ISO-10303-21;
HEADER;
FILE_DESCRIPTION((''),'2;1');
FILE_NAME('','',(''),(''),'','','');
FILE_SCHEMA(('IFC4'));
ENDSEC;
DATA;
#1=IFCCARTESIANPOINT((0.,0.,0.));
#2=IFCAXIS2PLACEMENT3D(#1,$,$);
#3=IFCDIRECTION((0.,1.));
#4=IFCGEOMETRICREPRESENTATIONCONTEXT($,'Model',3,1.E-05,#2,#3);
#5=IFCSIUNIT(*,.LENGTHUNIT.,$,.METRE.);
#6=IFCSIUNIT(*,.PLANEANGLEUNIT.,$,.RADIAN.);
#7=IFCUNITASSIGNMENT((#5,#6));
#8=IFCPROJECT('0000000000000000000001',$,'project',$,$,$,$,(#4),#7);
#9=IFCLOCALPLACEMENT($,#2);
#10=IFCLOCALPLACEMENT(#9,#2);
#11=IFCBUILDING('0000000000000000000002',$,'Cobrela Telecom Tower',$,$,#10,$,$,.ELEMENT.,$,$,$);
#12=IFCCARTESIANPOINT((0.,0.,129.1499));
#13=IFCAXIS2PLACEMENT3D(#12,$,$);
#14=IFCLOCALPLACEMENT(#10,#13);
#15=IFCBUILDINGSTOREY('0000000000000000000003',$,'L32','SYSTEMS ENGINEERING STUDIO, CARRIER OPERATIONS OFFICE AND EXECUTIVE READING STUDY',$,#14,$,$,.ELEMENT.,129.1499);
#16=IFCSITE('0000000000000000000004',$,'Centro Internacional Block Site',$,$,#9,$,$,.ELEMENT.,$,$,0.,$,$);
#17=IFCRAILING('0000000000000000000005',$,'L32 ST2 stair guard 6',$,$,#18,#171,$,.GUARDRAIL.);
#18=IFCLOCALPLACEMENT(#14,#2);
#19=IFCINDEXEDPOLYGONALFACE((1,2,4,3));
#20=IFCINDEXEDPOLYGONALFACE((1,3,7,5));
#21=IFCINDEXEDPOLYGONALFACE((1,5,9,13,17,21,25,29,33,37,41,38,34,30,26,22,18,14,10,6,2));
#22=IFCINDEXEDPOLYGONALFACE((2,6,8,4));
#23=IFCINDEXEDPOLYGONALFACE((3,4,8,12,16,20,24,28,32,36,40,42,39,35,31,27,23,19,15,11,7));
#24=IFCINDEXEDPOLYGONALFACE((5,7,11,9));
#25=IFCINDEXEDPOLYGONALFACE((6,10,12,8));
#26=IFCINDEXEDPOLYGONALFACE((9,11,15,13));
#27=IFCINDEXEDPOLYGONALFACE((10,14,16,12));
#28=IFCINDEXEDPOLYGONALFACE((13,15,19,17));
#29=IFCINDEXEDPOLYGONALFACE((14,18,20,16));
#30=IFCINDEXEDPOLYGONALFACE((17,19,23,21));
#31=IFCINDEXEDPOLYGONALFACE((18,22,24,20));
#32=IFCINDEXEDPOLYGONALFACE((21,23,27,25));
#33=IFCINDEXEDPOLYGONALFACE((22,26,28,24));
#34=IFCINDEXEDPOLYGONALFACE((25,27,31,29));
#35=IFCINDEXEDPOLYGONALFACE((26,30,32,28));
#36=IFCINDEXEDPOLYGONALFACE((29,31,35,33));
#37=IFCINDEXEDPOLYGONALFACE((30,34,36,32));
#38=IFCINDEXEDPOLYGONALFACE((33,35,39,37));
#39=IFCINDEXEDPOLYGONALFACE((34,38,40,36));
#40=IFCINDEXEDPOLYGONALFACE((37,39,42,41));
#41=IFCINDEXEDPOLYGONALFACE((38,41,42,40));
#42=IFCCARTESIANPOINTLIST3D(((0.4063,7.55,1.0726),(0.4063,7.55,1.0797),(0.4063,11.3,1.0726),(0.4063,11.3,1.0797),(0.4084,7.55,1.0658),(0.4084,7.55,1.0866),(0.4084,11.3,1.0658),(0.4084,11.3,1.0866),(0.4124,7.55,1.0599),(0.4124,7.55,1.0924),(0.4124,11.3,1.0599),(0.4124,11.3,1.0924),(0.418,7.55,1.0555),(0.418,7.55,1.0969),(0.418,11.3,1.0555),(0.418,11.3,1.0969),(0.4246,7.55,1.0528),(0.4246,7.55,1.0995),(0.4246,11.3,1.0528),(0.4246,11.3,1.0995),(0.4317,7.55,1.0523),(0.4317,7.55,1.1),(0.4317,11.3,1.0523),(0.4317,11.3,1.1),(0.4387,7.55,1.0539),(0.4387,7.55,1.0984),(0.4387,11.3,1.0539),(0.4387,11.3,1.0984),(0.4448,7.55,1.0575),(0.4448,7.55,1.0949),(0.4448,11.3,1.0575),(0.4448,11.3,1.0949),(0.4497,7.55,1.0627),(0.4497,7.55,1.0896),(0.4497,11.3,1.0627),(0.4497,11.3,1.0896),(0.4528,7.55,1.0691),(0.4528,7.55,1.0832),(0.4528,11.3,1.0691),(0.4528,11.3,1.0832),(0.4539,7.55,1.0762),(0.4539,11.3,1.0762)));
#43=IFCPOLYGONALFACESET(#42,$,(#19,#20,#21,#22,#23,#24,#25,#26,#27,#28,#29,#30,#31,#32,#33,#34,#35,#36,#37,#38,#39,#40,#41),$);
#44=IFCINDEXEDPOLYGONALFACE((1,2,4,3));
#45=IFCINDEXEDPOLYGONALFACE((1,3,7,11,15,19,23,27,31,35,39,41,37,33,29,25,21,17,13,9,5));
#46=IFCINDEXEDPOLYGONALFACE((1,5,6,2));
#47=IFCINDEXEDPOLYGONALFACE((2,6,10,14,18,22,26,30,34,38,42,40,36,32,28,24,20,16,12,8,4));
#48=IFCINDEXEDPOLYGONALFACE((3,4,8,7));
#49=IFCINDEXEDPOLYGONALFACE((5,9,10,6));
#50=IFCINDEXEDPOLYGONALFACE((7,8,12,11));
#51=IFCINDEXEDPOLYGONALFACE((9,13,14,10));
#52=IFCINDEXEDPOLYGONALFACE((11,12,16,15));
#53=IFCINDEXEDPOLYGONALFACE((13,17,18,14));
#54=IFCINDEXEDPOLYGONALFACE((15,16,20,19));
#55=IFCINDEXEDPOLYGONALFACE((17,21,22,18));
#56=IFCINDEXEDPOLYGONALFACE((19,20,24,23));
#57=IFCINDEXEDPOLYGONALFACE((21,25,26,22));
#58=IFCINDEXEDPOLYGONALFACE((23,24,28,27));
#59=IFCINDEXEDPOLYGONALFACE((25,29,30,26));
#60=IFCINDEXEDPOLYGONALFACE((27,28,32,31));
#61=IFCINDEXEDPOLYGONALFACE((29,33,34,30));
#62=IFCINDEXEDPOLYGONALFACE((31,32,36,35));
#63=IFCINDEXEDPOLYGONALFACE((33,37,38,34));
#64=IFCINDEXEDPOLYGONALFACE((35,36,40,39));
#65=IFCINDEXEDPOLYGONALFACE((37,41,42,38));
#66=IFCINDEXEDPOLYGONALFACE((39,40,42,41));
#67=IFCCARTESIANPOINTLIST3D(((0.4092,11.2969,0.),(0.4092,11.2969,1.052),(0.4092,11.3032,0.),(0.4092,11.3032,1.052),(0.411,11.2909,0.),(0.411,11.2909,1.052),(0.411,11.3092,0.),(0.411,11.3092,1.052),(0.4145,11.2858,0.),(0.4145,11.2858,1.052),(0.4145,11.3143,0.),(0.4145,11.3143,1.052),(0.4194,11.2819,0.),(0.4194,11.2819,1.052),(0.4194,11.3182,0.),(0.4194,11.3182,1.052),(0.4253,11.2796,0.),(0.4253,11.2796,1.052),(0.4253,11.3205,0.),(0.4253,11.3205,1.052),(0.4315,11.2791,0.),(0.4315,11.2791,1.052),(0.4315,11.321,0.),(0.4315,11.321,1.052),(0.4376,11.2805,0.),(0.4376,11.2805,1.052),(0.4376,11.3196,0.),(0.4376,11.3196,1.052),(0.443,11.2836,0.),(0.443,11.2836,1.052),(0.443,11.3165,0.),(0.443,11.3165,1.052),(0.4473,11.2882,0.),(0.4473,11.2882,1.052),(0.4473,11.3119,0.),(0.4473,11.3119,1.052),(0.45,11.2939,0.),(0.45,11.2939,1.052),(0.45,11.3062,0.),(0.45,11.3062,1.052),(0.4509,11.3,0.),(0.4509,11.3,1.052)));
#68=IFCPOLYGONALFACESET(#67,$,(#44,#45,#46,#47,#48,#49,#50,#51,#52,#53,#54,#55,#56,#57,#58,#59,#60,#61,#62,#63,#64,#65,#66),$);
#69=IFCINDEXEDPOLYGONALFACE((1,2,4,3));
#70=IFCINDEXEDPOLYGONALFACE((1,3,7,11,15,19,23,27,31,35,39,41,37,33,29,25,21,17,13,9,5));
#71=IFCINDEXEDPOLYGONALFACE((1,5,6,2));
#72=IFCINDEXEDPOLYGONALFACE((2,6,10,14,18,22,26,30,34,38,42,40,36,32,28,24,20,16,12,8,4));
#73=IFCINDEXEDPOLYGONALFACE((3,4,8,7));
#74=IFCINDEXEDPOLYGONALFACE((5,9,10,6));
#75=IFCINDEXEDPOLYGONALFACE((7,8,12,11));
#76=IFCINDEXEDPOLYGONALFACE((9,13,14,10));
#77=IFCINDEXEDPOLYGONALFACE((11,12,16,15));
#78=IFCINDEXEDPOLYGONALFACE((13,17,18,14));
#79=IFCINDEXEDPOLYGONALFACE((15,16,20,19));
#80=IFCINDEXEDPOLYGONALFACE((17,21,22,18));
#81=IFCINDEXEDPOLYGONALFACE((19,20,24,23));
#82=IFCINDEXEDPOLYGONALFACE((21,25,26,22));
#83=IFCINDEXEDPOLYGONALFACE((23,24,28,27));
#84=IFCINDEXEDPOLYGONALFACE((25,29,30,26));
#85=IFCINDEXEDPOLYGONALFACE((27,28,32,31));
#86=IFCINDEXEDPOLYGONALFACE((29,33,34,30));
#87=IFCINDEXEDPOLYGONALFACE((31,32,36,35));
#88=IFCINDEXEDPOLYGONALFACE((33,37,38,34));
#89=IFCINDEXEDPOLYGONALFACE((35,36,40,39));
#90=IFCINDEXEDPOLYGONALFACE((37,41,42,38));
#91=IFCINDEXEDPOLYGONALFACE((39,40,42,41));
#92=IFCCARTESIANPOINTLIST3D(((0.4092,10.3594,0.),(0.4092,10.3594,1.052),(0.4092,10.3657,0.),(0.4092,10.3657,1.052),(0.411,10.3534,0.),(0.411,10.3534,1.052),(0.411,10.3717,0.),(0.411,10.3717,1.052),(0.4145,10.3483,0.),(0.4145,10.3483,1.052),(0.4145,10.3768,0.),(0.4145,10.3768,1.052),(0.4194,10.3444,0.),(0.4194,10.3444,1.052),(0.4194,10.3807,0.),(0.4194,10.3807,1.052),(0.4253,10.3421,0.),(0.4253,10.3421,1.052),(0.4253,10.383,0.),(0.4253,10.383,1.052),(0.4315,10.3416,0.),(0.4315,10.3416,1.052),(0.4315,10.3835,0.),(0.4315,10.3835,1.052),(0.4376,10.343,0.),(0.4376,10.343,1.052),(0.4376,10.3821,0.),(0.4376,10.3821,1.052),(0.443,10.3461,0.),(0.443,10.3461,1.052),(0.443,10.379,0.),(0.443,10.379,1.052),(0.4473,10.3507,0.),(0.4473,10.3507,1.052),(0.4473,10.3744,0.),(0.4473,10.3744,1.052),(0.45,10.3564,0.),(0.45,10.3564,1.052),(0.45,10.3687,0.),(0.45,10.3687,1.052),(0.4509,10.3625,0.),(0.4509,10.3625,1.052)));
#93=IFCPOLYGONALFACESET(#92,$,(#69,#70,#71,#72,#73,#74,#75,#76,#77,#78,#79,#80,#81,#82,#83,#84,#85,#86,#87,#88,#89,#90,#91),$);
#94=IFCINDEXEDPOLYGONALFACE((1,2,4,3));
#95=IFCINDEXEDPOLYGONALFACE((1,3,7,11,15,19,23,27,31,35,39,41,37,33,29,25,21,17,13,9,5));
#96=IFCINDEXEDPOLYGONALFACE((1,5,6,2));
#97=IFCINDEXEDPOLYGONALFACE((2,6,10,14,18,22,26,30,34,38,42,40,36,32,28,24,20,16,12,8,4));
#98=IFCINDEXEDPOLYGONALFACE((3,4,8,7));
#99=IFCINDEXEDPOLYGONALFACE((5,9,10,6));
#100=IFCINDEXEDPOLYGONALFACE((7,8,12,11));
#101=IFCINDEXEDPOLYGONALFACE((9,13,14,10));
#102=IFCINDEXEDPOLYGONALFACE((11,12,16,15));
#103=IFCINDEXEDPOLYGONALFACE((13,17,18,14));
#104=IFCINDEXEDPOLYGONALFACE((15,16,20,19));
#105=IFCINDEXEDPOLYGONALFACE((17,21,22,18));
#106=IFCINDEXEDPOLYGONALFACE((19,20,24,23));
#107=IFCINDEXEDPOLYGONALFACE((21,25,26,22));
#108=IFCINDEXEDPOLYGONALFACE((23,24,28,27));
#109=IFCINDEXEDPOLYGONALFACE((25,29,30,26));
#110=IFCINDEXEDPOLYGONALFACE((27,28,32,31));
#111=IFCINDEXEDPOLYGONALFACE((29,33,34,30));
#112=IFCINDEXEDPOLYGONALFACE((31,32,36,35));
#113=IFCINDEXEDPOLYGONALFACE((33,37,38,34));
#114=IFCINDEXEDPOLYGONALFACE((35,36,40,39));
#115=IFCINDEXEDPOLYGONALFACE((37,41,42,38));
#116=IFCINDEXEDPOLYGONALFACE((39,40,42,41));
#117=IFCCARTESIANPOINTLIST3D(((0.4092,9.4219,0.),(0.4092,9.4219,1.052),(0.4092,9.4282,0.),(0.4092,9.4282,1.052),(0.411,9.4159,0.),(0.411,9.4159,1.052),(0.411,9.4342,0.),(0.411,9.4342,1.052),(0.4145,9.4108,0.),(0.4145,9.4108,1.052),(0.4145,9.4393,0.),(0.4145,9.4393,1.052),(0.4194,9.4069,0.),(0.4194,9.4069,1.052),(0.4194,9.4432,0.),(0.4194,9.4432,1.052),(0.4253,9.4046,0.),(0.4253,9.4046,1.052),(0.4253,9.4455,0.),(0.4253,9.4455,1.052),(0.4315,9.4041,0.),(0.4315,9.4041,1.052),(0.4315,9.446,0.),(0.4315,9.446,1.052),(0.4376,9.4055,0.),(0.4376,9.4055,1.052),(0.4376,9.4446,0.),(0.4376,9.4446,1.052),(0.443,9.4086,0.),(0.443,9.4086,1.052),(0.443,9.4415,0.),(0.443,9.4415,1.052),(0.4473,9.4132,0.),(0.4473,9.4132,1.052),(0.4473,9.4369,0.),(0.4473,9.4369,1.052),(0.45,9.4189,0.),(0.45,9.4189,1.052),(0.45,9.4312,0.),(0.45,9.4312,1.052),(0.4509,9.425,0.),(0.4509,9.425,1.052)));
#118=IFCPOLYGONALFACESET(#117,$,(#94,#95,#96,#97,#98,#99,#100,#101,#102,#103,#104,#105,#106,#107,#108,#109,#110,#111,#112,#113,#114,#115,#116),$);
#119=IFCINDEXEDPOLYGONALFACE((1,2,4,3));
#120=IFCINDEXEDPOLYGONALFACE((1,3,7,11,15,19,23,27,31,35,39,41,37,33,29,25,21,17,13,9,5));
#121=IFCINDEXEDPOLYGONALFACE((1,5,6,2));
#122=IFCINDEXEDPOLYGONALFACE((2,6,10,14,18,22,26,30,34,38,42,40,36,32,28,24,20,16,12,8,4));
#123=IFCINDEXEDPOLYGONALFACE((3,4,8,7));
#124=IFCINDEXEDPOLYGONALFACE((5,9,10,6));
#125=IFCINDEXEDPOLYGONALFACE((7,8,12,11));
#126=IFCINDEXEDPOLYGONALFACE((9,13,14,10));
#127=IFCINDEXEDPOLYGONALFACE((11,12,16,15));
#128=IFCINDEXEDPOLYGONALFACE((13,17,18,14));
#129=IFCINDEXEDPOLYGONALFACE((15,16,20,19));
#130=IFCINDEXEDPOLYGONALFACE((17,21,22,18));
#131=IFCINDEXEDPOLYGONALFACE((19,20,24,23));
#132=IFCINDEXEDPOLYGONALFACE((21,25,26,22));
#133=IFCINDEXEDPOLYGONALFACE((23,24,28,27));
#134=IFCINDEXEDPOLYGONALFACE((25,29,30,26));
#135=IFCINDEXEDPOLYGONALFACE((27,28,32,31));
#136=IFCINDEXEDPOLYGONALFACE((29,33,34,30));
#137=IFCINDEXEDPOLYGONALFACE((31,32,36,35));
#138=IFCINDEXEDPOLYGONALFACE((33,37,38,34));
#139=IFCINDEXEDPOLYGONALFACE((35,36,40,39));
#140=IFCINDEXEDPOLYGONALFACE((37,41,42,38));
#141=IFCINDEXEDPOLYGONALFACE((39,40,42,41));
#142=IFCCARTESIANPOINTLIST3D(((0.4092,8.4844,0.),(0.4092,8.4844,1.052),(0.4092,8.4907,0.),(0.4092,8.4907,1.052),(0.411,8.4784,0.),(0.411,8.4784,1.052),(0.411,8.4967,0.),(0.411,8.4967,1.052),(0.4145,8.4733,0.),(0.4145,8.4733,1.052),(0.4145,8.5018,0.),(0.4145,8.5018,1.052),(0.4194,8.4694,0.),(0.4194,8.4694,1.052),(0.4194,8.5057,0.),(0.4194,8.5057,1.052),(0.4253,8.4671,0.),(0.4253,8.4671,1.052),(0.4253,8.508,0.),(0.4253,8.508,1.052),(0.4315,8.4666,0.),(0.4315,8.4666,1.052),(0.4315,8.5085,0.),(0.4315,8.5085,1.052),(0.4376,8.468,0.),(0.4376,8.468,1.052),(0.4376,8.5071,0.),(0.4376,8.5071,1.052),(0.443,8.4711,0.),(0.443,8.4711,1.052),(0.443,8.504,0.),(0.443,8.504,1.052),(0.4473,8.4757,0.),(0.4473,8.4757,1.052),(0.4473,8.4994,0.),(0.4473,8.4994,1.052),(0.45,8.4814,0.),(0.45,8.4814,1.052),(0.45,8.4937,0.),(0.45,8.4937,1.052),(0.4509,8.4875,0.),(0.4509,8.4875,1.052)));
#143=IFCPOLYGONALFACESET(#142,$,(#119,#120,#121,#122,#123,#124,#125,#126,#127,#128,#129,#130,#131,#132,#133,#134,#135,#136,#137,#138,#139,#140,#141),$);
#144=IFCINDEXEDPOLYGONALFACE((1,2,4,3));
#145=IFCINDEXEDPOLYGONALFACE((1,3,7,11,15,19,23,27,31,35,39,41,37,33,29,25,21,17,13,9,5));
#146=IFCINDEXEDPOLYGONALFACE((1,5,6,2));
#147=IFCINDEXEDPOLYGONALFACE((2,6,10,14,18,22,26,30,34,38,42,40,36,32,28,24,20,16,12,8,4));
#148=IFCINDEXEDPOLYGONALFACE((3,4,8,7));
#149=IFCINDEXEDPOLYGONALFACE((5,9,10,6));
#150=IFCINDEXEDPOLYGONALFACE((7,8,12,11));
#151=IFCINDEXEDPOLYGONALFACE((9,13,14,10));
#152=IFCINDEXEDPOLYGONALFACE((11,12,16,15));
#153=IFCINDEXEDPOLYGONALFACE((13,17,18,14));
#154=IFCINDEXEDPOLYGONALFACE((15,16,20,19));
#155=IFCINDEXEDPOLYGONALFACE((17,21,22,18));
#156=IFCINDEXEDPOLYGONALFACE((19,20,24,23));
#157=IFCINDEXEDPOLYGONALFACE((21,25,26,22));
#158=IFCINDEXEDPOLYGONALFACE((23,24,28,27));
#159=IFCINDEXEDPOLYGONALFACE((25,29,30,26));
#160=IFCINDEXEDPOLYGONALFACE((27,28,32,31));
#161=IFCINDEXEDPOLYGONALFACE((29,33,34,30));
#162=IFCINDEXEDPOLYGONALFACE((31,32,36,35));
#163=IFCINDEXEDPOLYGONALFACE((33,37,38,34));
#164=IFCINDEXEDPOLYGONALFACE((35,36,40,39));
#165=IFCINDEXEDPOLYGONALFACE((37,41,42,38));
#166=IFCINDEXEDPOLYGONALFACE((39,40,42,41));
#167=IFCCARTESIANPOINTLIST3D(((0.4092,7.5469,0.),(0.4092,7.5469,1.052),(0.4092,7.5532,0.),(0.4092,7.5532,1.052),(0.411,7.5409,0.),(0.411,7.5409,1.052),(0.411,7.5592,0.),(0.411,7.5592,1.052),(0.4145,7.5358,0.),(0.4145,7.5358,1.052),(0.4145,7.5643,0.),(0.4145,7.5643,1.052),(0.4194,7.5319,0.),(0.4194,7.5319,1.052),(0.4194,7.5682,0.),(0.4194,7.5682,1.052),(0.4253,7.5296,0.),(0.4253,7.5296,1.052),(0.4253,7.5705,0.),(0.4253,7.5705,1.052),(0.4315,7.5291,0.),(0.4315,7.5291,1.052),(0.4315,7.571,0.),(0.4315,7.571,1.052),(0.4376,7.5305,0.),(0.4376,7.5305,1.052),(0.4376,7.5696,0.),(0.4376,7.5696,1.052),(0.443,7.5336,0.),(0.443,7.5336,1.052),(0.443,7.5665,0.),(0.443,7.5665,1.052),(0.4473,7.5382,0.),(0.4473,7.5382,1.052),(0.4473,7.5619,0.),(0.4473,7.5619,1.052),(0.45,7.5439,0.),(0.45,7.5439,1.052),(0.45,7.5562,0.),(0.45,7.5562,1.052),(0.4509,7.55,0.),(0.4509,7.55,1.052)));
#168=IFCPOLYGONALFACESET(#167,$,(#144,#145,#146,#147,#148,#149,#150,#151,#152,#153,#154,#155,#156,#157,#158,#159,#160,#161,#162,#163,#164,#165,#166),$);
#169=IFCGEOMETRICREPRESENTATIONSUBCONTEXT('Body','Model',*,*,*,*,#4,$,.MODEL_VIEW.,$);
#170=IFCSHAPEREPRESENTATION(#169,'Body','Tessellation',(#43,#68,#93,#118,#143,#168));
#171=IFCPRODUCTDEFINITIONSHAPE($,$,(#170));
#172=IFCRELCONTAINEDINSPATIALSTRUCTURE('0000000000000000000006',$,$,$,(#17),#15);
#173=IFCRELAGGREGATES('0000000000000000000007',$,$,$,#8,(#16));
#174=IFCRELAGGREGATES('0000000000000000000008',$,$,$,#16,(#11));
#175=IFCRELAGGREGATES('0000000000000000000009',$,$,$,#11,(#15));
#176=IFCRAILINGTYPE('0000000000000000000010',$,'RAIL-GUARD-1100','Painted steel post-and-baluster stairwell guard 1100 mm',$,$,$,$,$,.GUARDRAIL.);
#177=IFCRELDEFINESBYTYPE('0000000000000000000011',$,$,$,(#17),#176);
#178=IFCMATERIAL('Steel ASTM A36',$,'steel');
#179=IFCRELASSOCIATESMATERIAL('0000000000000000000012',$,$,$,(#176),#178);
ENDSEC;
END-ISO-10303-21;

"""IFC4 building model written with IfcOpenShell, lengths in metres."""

from ifc_helpers import new_model, si_unit, direction, frame, origin, origin_2d, place, context, subcontext, project, spatial, circle, extrude, material, type_object, element, save


model = new_model("IFC4")

# Units and contexts
model_context = context("Model", 3, precision=1e-05, world=origin(), true_north=direction((0.0, 1.0)))
body_context = subcontext(model_context, "Body", "Model", "MODEL_VIEW")
ifc_project = project(units=[si_unit("LENGTHUNIT", "METRE"), si_unit("PLANEANGLEUNIT", "RADIAN")], contexts=[model_context])

# Site, building, storey
site_placement = place(None, origin())
site = spatial("IfcSite", under=ifc_project, at=site_placement, Name="Centro Internacional Block Site", CompositionType="ELEMENT", RefElevation=0.0)
building_placement = place(site_placement, origin())
building = spatial("IfcBuilding", under=site, at=building_placement, Name="Cobrela Telecom Tower", CompositionType="ELEMENT")
storey_placement = place(building_placement, frame((0.0, 0.0, 129.1499)))
storey = spatial("IfcBuildingStorey", under=building, at=storey_placement, Name="L32", Description="SYSTEMS ENGINEERING STUDIO, CARRIER OPERATIONS OFFICE AND EXECUTIVE READING STUDY", CompositionType="ELEMENT", Elevation=129.1499)

# Shared definitions
ifc_material_1 = material(Name="Steel ASTM A36", Category="steel")

# Railing
railing_type_1 = type_object("IfcRailingType", Name="RAIL-GUARD-1100", Description="Painted steel post-and-baluster stairwell guard 1100 mm", PredefinedType="GUARDRAIL", material=ifc_material_1)
railing_1_placement = place(storey_placement, frame((0.4299, 11.3, 0.0)))
element("IfcRailing", 1, at=railing_1_placement, inside=storey, type_object=railing_type_1, Name="L32 ST2 stair guard 6", PredefinedType="GUARDRAIL", context=body_context, shape_type="SweptSolid", body=[
    extrude(circle(Radius=0.0239, at=origin_2d()), frame((0.0, 0.0, 1.0762), z_axis=(0.0, -1.0, 0.0), x_axis=(1.0, 0.0, 0.0)), (0.0, 0.0, 1.0), 3.75),
    extrude(circle(Radius=0.021, at=origin_2d()), origin(), (0.0, 0.0, 1.0), 1.052),
    extrude(circle(Radius=0.021, at=origin_2d()), frame((0.0, -0.9375, 0.0)), (0.0, 0.0, 1.0), 1.052),
    extrude(circle(Radius=0.021, at=origin_2d()), frame((0.0, -1.875, 0.0)), (0.0, 0.0, 1.0), 1.052),
    extrude(circle(Radius=0.021, at=origin_2d()), frame((0.0, -2.8125, 0.0)), (0.0, 0.0, 1.0), 1.052),
    extrude(circle(Radius=0.021, at=origin_2d()), frame((0.0, -3.75, 0.0)), (0.0, 0.0, 1.0), 1.052),
])

save(model, "model.ifc")
